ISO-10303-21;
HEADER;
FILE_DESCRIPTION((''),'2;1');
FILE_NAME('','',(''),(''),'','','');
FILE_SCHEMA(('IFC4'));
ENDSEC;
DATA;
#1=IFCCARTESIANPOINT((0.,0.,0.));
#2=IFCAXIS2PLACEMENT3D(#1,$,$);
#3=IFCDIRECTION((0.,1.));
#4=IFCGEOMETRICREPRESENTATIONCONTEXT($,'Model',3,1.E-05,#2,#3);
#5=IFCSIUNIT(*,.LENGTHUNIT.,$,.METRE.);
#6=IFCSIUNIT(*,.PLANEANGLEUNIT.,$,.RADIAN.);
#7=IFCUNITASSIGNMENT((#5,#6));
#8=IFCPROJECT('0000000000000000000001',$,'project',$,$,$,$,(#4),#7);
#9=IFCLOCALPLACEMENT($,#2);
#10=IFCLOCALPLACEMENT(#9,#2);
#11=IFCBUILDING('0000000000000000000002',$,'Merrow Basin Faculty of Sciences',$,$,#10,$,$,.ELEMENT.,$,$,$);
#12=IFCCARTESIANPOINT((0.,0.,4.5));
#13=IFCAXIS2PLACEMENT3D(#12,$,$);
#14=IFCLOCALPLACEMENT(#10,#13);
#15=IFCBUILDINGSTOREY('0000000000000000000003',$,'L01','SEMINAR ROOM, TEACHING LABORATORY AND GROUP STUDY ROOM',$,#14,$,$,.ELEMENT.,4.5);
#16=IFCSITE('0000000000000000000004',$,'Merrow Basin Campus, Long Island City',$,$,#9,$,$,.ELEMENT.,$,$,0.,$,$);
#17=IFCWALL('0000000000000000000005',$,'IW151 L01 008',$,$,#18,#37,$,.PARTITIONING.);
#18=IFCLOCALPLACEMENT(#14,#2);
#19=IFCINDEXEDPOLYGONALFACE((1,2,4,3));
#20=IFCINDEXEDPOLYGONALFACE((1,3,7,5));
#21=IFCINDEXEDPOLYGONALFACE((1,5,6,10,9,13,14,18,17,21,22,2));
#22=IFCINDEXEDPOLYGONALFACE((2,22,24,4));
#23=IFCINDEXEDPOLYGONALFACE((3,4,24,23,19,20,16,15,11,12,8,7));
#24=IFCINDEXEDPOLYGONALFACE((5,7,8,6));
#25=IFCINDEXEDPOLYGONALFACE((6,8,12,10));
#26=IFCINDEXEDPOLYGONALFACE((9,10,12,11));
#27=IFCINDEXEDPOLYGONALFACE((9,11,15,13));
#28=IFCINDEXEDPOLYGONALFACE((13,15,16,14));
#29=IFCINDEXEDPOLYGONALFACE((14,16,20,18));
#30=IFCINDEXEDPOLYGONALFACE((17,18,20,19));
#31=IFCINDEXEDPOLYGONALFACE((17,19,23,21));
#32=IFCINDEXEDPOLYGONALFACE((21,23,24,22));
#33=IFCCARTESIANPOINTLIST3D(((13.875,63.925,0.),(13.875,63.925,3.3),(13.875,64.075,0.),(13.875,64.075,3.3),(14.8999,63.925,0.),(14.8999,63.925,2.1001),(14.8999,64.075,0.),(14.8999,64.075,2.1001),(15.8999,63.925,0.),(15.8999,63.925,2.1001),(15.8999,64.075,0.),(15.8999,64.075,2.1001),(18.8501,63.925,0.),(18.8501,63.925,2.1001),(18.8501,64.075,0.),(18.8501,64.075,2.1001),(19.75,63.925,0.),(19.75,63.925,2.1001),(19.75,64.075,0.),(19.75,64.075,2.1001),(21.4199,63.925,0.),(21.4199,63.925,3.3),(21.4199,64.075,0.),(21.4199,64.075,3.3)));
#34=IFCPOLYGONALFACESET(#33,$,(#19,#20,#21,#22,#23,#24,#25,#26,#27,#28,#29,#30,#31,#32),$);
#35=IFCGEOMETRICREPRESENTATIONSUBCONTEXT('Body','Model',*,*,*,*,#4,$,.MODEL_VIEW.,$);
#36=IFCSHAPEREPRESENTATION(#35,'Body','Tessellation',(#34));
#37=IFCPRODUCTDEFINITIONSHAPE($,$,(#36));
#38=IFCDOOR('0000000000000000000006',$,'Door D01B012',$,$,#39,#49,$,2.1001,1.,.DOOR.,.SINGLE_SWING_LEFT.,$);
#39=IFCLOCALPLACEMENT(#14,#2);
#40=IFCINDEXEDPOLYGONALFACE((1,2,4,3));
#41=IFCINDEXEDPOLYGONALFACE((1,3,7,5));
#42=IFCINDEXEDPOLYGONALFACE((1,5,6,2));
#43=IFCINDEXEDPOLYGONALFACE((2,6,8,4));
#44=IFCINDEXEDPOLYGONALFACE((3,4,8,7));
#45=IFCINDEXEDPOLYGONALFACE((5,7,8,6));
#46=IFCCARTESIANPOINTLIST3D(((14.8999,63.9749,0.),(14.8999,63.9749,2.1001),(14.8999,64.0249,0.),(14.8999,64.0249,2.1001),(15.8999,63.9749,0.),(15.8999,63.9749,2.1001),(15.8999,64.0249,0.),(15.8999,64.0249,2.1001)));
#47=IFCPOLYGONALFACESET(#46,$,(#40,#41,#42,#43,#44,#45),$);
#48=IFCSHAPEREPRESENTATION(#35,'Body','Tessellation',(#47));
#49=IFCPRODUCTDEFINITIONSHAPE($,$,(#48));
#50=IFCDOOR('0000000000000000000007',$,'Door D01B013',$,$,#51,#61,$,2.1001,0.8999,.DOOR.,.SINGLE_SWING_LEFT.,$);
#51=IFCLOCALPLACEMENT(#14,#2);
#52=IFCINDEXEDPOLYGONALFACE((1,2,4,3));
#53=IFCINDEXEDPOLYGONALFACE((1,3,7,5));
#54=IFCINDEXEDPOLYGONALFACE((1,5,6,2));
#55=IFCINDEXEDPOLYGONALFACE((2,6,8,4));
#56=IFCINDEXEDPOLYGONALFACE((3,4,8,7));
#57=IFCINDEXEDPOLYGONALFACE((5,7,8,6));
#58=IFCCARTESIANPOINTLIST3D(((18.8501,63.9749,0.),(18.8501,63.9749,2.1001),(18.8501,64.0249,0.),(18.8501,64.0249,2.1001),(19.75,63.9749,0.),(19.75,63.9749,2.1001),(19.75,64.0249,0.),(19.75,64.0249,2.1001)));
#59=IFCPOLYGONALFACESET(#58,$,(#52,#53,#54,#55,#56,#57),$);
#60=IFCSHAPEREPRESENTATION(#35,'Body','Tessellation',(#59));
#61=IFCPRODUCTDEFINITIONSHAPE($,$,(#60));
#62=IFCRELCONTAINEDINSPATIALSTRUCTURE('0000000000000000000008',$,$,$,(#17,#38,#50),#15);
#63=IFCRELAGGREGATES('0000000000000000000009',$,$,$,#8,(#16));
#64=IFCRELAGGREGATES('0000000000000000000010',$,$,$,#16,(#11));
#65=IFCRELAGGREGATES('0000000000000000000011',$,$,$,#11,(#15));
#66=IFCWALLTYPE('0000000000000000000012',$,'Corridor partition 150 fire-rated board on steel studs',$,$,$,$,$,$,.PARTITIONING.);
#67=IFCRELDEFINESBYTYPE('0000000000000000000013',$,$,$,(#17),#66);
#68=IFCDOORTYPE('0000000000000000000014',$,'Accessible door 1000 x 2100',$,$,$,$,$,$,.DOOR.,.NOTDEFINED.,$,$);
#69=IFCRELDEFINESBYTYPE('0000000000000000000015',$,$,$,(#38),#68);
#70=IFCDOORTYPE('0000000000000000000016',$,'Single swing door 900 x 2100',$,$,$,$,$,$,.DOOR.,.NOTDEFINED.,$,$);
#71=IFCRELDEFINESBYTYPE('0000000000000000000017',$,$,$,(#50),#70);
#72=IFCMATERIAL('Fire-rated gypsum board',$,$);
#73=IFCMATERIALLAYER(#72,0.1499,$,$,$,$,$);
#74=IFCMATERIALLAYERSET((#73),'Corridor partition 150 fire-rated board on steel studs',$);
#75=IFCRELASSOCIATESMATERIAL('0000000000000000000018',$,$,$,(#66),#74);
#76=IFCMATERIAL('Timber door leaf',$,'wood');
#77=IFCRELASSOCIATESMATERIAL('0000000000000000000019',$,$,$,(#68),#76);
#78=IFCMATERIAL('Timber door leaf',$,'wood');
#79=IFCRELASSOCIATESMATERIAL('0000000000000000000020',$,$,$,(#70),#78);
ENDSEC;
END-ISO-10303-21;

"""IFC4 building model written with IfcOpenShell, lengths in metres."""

from ifc_helpers import new_model, si_unit, direction, frame, frame_2d, origin, place, context, subcontext, project, spatial, rectangle, extrude, material, layer, layer_set, type_object, element, fill, save


model = new_model("IFC4")

# Units and contexts
model_context = context("Model", 3, precision=1e-05, world=origin(), true_north=direction((0.0, 1.0)))
body_context = subcontext(model_context, "Body", "Model", "MODEL_VIEW")
ifc_project = project(units=[si_unit("LENGTHUNIT", "METRE"), si_unit("PLANEANGLEUNIT", "RADIAN")], contexts=[model_context])

# Site, building, storey
site_placement = place(None, origin())
site = spatial("IfcSite", under=ifc_project, at=site_placement, Name="Merrow Basin Campus, Long Island City", CompositionType="ELEMENT", RefElevation=0.0)
building_placement = place(site_placement, origin())
building = spatial("IfcBuilding", under=site, at=building_placement, Name="Merrow Basin Faculty of Sciences", CompositionType="ELEMENT")
storey_placement = place(building_placement, frame((0.0, 0.0, 4.5)))
storey = spatial("IfcBuildingStorey", under=building, at=storey_placement, Name="L01", Description="SEMINAR ROOM, TEACHING LABORATORY AND GROUP STUDY ROOM", CompositionType="ELEMENT", Elevation=4.5)

# Wall, openings, doors
ifc_material_1 = material(Name="Fire-rated gypsum board")
ifc_layer_1 = layer(ifc_material_1, 0.1499)
ifc_layer_set_1 = layer_set([ifc_layer_1], Name="Corridor partition 150 fire-rated board on steel studs")
wall_type = type_object("IfcWallType", Name="Corridor partition 150 fire-rated board on steel studs", PredefinedType="PARTITIONING", material=ifc_layer_set_1)
wall_placement = place(storey_placement, frame((13.875, 64.0, 0.0), z_axis=(0.0, 0.0, 1.0), x_axis=(1.0, 0.0, 0.0)))
wall = element("IfcWall", 1, at=wall_placement, inside=storey, type_object=wall_type, Name="IW151 L01 008", PredefinedType="PARTITIONING", context=body_context, shape_type="SweptSolid", body=[
    extrude(rectangle(XDim=7.5449, YDim=0.1499, at=frame_2d((3.7725, 0.0))), origin(), (0.0, 0.0, 1.0), 3.3),
])
opening_1_placement = place(wall_placement, frame((1.0249, 0.0, 0.0)))
opening_1 = element("IfcOpeningElement", 2, at=opening_1_placement, cuts=wall, PredefinedType="OPENING", context=body_context, shape_type="SweptSolid", body=[
    extrude(rectangle(XDim=1.0, YDim=2.1001, at=frame_2d((0.5, 1.05))), frame((0.0, 0.085, 0.0), z_axis=(0.0, -1.0, 0.0), x_axis=(1.0, 0.0, 0.0)), (0.0, 0.0, 1.0), 0.1699),
])
opening_2_placement = place(wall_placement, frame((4.9751, 0.0, 0.0)))
opening_2 = element("IfcOpeningElement", 3, at=opening_2_placement, cuts=wall, PredefinedType="OPENING", context=body_context, shape_type="SweptSolid", body=[
    extrude(rectangle(XDim=0.8999, YDim=2.1001, at=frame_2d((0.45, 1.05))), frame((0.0, 0.085, 0.0), z_axis=(0.0, -1.0, 0.0), x_axis=(1.0, 0.0, 0.0)), (0.0, 0.0, 1.0), 0.1699),
])
ifc_material_2 = material(Name="Timber door leaf", Category="wood")
door_type_1 = type_object("IfcDoorType", Name="Accessible door 1000 x 2100", OperationType="NOTDEFINED", PredefinedType="DOOR", material=ifc_material_2)
door_1_placement = place(opening_1_placement, origin())
door_1 = element("IfcDoor", 4, at=door_1_placement, inside=storey, type_object=door_type_1, Name="Door D01B012", OperationType="SINGLE_SWING_LEFT", OverallHeight=2.1001, OverallWidth=1.0, PredefinedType="DOOR", context=body_context, shape_type="SweptSolid", body=[
    extrude(rectangle(XDim=1.0, YDim=2.1001, at=frame_2d((0.5, 1.05))), frame((0.0, 0.0249, 0.0), z_axis=(0.0, -1.0, 0.0), x_axis=(1.0, 0.0, 0.0)), (0.0, 0.0, 1.0), 0.05),
])
fill(opening_1, door_1)
ifc_material_3 = material(Name="Timber door leaf", Category="wood")
door_type_2 = type_object("IfcDoorType", Name="Single swing door 900 x 2100", OperationType="NOTDEFINED", PredefinedType="DOOR", material=ifc_material_3)
door_2_placement = place(opening_2_placement, origin())
door_2 = element("IfcDoor", 5, at=door_2_placement, inside=storey, type_object=door_type_2, Name="Door D01B013", OperationType="SINGLE_SWING_LEFT", OverallHeight=2.1001, OverallWidth=0.8999, PredefinedType="DOOR", context=body_context, shape_type="SweptSolid", body=[
    extrude(rectangle(XDim=0.8999, YDim=2.1001, at=frame_2d((0.45, 1.05))), frame((0.0, 0.0249, 0.0), z_axis=(0.0, -1.0, 0.0), x_axis=(1.0, 0.0, 0.0)), (0.0, 0.0, 1.0), 0.05),
])
fill(opening_2, door_2)

save(model, "model.ifc")
